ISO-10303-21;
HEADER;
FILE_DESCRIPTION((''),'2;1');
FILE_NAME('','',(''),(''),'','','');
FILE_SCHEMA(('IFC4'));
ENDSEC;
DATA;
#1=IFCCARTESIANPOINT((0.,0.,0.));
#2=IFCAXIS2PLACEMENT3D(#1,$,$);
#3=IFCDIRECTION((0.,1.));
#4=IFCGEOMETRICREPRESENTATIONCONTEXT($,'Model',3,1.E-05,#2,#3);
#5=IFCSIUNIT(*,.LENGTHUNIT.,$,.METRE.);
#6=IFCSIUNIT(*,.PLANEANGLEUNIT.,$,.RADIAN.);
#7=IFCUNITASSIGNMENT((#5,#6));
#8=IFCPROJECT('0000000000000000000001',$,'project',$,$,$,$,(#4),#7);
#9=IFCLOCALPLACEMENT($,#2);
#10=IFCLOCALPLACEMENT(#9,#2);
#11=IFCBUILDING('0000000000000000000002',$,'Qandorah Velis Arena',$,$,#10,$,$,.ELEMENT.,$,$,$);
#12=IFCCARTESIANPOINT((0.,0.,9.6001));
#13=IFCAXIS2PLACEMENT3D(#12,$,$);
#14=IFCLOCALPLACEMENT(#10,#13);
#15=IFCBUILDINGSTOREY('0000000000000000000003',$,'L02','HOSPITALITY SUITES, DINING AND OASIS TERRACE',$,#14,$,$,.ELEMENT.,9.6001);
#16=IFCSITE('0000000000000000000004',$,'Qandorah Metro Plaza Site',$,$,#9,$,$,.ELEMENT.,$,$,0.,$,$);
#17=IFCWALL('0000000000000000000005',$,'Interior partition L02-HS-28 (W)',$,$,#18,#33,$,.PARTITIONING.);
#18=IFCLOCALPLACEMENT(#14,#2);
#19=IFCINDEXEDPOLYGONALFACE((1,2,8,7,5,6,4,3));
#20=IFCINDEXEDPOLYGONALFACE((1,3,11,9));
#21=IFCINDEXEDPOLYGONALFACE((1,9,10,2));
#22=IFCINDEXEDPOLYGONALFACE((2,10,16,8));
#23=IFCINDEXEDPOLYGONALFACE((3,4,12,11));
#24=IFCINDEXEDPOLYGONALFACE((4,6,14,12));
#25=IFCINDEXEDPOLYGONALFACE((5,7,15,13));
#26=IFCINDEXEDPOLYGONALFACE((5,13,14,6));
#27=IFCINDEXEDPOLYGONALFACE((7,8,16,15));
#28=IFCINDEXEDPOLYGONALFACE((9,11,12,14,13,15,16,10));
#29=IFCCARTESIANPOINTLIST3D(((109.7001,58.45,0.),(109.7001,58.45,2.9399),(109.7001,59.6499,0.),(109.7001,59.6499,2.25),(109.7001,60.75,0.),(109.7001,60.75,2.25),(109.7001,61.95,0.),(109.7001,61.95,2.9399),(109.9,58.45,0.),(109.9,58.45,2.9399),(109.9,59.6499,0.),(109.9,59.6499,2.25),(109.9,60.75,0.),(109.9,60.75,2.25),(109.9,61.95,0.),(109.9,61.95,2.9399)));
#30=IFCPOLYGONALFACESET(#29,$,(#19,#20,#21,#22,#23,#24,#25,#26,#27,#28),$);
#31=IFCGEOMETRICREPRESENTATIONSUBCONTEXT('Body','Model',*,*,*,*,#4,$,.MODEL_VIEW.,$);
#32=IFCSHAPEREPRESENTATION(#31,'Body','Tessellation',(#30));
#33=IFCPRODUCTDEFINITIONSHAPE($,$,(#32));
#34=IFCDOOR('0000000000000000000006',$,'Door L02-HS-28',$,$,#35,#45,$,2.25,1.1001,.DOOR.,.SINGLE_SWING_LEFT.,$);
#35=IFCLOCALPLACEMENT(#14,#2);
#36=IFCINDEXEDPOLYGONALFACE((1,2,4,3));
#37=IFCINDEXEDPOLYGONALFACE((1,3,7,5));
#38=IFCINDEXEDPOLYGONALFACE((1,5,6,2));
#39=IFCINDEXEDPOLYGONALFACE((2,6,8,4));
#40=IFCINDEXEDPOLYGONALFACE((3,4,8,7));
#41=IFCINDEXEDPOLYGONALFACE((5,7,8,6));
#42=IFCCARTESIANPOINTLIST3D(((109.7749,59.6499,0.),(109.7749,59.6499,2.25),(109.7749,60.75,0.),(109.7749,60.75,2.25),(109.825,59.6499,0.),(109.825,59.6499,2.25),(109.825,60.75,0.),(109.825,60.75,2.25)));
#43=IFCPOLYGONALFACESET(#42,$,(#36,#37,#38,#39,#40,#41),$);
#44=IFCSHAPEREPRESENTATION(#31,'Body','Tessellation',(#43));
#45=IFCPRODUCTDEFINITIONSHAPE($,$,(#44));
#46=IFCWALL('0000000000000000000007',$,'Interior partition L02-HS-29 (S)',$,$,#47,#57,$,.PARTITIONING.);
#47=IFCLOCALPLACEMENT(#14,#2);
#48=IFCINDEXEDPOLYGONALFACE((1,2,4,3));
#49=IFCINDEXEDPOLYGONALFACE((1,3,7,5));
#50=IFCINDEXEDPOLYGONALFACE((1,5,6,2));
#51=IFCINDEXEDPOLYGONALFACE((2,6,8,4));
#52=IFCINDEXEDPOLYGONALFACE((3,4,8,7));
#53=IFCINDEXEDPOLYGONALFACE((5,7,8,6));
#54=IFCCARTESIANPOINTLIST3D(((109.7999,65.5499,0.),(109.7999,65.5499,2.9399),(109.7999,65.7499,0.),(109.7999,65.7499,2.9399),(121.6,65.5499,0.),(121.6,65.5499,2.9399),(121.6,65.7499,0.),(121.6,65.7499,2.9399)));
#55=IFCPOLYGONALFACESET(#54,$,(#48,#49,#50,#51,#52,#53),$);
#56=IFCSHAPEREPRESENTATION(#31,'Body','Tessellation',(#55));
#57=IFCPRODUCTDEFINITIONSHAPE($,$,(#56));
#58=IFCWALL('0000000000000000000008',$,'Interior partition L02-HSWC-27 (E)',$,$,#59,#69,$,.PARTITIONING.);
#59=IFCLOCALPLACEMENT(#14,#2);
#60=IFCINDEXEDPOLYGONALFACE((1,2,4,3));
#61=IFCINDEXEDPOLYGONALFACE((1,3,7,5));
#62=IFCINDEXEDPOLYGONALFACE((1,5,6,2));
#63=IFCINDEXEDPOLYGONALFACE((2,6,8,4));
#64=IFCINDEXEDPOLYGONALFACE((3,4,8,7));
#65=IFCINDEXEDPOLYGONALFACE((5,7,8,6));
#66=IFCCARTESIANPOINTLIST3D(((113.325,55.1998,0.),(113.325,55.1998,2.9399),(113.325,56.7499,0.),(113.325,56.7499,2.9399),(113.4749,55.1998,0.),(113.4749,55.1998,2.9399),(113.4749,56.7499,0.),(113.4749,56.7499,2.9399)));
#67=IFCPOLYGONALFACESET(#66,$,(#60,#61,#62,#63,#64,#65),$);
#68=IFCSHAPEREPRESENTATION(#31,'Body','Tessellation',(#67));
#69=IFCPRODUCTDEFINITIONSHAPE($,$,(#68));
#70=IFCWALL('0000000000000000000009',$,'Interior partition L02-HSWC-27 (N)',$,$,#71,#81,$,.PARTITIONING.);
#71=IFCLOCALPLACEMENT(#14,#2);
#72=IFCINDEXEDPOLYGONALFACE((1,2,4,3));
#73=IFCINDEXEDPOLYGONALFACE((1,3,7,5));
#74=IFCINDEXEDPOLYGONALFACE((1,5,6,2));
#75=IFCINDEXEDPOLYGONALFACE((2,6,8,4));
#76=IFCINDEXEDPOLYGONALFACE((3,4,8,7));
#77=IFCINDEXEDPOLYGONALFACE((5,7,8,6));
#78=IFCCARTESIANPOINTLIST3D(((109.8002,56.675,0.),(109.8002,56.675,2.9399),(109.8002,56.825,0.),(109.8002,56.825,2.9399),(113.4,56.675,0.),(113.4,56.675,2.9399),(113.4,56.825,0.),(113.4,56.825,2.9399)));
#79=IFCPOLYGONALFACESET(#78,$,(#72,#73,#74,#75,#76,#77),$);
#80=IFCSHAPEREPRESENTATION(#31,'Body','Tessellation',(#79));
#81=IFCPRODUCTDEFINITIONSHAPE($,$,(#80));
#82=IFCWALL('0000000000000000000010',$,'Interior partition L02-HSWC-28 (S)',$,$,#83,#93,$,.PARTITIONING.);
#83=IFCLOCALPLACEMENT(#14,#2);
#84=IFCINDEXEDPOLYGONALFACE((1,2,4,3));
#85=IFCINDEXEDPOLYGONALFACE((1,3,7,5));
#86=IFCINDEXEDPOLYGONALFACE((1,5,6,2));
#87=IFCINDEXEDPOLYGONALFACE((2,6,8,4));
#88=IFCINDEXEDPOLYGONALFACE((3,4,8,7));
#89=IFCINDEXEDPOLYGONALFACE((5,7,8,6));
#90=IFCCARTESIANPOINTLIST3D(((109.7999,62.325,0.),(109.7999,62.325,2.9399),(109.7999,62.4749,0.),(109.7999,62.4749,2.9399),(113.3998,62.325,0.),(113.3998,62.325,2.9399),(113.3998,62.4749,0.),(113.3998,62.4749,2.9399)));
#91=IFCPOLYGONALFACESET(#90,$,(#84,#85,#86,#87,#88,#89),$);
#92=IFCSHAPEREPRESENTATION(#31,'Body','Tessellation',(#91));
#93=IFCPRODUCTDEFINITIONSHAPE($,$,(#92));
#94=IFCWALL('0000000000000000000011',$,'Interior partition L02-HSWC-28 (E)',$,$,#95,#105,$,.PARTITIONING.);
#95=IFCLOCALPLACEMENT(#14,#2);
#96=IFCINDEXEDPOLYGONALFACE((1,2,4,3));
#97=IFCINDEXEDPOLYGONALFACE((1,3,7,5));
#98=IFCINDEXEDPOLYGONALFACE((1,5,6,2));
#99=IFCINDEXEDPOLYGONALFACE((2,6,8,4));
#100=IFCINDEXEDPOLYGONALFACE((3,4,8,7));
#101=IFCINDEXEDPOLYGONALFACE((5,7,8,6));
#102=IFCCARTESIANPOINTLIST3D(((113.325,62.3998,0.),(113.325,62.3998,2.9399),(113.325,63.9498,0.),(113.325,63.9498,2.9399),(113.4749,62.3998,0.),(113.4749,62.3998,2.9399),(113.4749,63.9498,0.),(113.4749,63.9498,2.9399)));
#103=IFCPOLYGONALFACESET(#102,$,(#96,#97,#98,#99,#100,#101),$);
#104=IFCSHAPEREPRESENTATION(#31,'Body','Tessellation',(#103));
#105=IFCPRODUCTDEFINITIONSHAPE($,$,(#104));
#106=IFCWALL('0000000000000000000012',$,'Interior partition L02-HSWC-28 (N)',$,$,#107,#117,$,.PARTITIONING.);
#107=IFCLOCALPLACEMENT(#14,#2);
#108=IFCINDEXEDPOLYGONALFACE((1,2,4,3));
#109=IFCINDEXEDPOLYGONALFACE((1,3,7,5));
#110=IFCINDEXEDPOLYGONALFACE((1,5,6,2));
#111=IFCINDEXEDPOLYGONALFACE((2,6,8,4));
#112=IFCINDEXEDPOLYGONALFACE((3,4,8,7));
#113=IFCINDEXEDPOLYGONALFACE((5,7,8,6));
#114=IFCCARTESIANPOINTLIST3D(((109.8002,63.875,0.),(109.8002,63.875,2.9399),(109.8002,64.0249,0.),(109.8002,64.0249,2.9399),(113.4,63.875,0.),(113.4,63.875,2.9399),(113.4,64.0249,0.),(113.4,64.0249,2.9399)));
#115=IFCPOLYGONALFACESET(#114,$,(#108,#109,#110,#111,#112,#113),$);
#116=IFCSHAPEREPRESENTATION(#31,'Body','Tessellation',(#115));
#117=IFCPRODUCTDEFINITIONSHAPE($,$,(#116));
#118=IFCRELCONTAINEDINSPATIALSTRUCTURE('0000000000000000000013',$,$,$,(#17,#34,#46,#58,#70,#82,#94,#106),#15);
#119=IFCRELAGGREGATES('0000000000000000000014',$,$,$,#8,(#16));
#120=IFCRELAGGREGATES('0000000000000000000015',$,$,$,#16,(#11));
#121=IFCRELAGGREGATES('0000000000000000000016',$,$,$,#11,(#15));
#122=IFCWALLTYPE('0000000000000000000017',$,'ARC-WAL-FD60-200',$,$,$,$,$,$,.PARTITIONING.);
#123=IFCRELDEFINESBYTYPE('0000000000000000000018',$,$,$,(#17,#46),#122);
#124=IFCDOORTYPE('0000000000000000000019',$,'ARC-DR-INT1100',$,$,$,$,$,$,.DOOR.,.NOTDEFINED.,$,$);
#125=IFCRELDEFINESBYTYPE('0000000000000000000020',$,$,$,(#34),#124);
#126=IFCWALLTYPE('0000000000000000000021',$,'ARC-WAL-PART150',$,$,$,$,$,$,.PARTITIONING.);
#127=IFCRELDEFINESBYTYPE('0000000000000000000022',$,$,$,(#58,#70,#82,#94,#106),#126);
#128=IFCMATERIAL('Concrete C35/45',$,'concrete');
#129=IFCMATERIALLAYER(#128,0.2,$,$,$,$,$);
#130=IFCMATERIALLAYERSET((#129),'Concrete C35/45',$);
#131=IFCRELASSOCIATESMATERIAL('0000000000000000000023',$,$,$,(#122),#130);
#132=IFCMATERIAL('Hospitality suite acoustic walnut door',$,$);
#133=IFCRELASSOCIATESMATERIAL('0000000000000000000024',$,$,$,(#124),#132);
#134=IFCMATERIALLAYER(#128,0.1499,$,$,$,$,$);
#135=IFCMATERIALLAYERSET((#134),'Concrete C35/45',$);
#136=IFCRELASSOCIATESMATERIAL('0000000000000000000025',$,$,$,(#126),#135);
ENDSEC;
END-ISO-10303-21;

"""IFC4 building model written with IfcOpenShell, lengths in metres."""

from ifc_helpers import new_model, si_unit, direction, frame, frame_2d, origin, place, context, subcontext, project, spatial, rectangle, extrude, material, layer, layer_set, type_object, element, fill, save


model = new_model("IFC4")

# Units and contexts
model_context = context("Model", 3, precision=1e-05, world=origin(), true_north=direction((0.0, 1.0)))
body_context = subcontext(model_context, "Body", "Model", "MODEL_VIEW")
ifc_project = project(units=[si_unit("LENGTHUNIT", "METRE"), si_unit("PLANEANGLEUNIT", "RADIAN")], contexts=[model_context])

# Site, building, storey
site_placement = place(None, origin())
site = spatial("IfcSite", under=ifc_project, at=site_placement, Name="Qandorah Metro Plaza Site", CompositionType="ELEMENT", RefElevation=0.0)
building_placement = place(site_placement, origin())
building = spatial("IfcBuilding", under=site, at=building_placement, Name="Qandorah Velis Arena", CompositionType="ELEMENT")
storey_placement = place(building_placement, frame((0.0, 0.0, 9.6001)))
storey = spatial("IfcBuildingStorey", under=building, at=storey_placement, Name="L02", Description="HOSPITALITY SUITES, DINING AND OASIS TERRACE", CompositionType="ELEMENT", Elevation=9.6001)

# Shared definitions
ifc_material_1 = material(Name="Concrete C35/45", Category="concrete")
ifc_layer_1 = layer(ifc_material_1, 0.2)
ifc_layer_set_1 = layer_set([ifc_layer_1], Name="Concrete C35/45")
wall_type_1 = type_object("IfcWallType", Name="ARC-WAL-FD60-200", PredefinedType="PARTITIONING", material=ifc_layer_set_1)

# Wall, opening, door
wall_1_placement = place(storey_placement, frame((109.8, 61.95, 0.0), z_axis=(0.0, 0.0, 1.0), x_axis=(0.0, -1.0, 0.0)))
wall_1 = element("IfcWall", 1, at=wall_1_placement, inside=storey, type_object=wall_type_1, Name="Interior partition L02-HS-28 (W)", PredefinedType="PARTITIONING", context=body_context, shape_type="SweptSolid", body=[
    extrude(rectangle(XDim=3.5, YDim=0.2, at=frame_2d((1.75, 0.0))), origin(), (0.0, 0.0, 1.0), 2.9399),
])
opening_1_placement = place(wall_1_placement, frame((1.2, 0.0, 0.0)))
opening_1 = element("IfcOpeningElement", 2, at=opening_1_placement, cuts=wall_1, PredefinedType="OPENING", context=body_context, shape_type="SweptSolid", body=[
    extrude(rectangle(XDim=1.1001, YDim=2.25, at=frame_2d((0.55, 1.125))), frame((0.0, 0.1099, 0.0), z_axis=(0.0, -1.0, 0.0), x_axis=(1.0, 0.0, 0.0)), (0.0, 0.0, 1.0), 0.22),
])
ifc_material_2 = material(Name="Hospitality suite acoustic walnut door")
door_type_1 = type_object("IfcDoorType", Name="ARC-DR-INT1100", OperationType="NOTDEFINED", PredefinedType="DOOR", material=ifc_material_2)
door_1_placement = place(opening_1_placement, origin())
door_1 = element("IfcDoor", 3, at=door_1_placement, inside=storey, type_object=door_type_1, Name="Door L02-HS-28", OperationType="SINGLE_SWING_LEFT", OverallHeight=2.25, OverallWidth=1.1001, PredefinedType="DOOR", context=body_context, shape_type="SweptSolid", body=[
    extrude(rectangle(XDim=1.1001, YDim=2.25, at=frame_2d((0.55, 1.125))), frame((0.0, 0.0249, 0.0), z_axis=(0.0, -1.0, 0.0), x_axis=(1.0, 0.0, 0.0)), (0.0, 0.0, 1.0), 0.05),
])
fill(opening_1, door_1)

# Walls
wall_2_placement = place(storey_placement, frame((109.8, 65.6499, 0.0), z_axis=(0.0, 0.0, 1.0), x_axis=(1.0, 0.0, 0.0)))
element("IfcWall", 4, at=wall_2_placement, inside=storey, type_object=wall_type_1, Name="Interior partition L02-HS-29 (S)", PredefinedType="PARTITIONING", context=body_context, shape_type="SweptSolid", body=[
    extrude(rectangle(XDim=11.8, YDim=0.2, at=frame_2d((5.8999, 0.0))), origin(), (0.0, 0.0, 1.0), 2.9399),
])
ifc_layer_2 = layer(ifc_material_1, 0.1499)
ifc_layer_set_2 = layer_set([ifc_layer_2], Name="Concrete C35/45")
wall_type_2 = type_object("IfcWallType", Name="ARC-WAL-PART150", PredefinedType="PARTITIONING", material=ifc_layer_set_2)
wall_3_placement = place(storey_placement, frame((113.3999, 55.2, 0.0), z_axis=(0.0, 0.0, 1.0), x_axis=(0.0, 1.0, 0.0)))
element("IfcWall", 5, at=wall_3_placement, inside=storey, type_object=wall_type_2, Name="Interior partition L02-HSWC-27 (E)", PredefinedType="PARTITIONING", context=body_context, shape_type="SweptSolid", body=[
    extrude(rectangle(XDim=1.55, YDim=0.1499, at=frame_2d((0.7749, 0.0))), origin(), (0.0, 0.0, 1.0), 2.9399),
])
for number, where, z_axis, x_axis, name in (
    (6, (113.3999, 56.75, 0.0), (0.0, 0.0, 1.0), (-1.0, 0.0, 0.0), "Interior partition L02-HSWC-27 (N)"),
    (7, (109.8, 62.3999, 0.0), (0.0, 0.0, 1.0), (1.0, 0.0, 0.0), "Interior partition L02-HSWC-28 (S)"),
):
    element("IfcWall", number, at=place(storey_placement, frame(where, z_axis=z_axis, x_axis=x_axis)), inside=storey, type_object=wall_type_2, Name=name, PredefinedType="PARTITIONING", context=body_context, shape_type="SweptSolid", body=[
        extrude(rectangle(XDim=3.5999, YDim=0.1499, at=frame_2d((1.7998, 0.0))), origin(), (0.0, 0.0, 1.0), 2.9399),
    ])
wall_4_placement = place(storey_placement, frame((113.3999, 62.3999, 0.0), z_axis=(0.0, 0.0, 1.0), x_axis=(0.0, 1.0, 0.0)))
element("IfcWall", 8, at=wall_4_placement, inside=storey, type_object=wall_type_2, Name="Interior partition L02-HSWC-28 (E)", PredefinedType="PARTITIONING", context=body_context, shape_type="SweptSolid", body=[
    extrude(rectangle(XDim=1.55, YDim=0.1499, at=frame_2d((0.7749, 0.0))), origin(), (0.0, 0.0, 1.0), 2.9399),
])
wall_5_placement = place(storey_placement, frame((113.3999, 63.95, 0.0), z_axis=(0.0, 0.0, 1.0), x_axis=(-1.0, 0.0, 0.0)))
element("IfcWall", 9, at=wall_5_placement, inside=storey, type_object=wall_type_2, Name="Interior partition L02-HSWC-28 (N)", PredefinedType="PARTITIONING", context=body_context, shape_type="SweptSolid", body=[
    extrude(rectangle(XDim=3.5999, YDim=0.1499, at=frame_2d((1.7998, 0.0))), origin(), (0.0, 0.0, 1.0), 2.9399),
])

save(model, "model.ifc")
